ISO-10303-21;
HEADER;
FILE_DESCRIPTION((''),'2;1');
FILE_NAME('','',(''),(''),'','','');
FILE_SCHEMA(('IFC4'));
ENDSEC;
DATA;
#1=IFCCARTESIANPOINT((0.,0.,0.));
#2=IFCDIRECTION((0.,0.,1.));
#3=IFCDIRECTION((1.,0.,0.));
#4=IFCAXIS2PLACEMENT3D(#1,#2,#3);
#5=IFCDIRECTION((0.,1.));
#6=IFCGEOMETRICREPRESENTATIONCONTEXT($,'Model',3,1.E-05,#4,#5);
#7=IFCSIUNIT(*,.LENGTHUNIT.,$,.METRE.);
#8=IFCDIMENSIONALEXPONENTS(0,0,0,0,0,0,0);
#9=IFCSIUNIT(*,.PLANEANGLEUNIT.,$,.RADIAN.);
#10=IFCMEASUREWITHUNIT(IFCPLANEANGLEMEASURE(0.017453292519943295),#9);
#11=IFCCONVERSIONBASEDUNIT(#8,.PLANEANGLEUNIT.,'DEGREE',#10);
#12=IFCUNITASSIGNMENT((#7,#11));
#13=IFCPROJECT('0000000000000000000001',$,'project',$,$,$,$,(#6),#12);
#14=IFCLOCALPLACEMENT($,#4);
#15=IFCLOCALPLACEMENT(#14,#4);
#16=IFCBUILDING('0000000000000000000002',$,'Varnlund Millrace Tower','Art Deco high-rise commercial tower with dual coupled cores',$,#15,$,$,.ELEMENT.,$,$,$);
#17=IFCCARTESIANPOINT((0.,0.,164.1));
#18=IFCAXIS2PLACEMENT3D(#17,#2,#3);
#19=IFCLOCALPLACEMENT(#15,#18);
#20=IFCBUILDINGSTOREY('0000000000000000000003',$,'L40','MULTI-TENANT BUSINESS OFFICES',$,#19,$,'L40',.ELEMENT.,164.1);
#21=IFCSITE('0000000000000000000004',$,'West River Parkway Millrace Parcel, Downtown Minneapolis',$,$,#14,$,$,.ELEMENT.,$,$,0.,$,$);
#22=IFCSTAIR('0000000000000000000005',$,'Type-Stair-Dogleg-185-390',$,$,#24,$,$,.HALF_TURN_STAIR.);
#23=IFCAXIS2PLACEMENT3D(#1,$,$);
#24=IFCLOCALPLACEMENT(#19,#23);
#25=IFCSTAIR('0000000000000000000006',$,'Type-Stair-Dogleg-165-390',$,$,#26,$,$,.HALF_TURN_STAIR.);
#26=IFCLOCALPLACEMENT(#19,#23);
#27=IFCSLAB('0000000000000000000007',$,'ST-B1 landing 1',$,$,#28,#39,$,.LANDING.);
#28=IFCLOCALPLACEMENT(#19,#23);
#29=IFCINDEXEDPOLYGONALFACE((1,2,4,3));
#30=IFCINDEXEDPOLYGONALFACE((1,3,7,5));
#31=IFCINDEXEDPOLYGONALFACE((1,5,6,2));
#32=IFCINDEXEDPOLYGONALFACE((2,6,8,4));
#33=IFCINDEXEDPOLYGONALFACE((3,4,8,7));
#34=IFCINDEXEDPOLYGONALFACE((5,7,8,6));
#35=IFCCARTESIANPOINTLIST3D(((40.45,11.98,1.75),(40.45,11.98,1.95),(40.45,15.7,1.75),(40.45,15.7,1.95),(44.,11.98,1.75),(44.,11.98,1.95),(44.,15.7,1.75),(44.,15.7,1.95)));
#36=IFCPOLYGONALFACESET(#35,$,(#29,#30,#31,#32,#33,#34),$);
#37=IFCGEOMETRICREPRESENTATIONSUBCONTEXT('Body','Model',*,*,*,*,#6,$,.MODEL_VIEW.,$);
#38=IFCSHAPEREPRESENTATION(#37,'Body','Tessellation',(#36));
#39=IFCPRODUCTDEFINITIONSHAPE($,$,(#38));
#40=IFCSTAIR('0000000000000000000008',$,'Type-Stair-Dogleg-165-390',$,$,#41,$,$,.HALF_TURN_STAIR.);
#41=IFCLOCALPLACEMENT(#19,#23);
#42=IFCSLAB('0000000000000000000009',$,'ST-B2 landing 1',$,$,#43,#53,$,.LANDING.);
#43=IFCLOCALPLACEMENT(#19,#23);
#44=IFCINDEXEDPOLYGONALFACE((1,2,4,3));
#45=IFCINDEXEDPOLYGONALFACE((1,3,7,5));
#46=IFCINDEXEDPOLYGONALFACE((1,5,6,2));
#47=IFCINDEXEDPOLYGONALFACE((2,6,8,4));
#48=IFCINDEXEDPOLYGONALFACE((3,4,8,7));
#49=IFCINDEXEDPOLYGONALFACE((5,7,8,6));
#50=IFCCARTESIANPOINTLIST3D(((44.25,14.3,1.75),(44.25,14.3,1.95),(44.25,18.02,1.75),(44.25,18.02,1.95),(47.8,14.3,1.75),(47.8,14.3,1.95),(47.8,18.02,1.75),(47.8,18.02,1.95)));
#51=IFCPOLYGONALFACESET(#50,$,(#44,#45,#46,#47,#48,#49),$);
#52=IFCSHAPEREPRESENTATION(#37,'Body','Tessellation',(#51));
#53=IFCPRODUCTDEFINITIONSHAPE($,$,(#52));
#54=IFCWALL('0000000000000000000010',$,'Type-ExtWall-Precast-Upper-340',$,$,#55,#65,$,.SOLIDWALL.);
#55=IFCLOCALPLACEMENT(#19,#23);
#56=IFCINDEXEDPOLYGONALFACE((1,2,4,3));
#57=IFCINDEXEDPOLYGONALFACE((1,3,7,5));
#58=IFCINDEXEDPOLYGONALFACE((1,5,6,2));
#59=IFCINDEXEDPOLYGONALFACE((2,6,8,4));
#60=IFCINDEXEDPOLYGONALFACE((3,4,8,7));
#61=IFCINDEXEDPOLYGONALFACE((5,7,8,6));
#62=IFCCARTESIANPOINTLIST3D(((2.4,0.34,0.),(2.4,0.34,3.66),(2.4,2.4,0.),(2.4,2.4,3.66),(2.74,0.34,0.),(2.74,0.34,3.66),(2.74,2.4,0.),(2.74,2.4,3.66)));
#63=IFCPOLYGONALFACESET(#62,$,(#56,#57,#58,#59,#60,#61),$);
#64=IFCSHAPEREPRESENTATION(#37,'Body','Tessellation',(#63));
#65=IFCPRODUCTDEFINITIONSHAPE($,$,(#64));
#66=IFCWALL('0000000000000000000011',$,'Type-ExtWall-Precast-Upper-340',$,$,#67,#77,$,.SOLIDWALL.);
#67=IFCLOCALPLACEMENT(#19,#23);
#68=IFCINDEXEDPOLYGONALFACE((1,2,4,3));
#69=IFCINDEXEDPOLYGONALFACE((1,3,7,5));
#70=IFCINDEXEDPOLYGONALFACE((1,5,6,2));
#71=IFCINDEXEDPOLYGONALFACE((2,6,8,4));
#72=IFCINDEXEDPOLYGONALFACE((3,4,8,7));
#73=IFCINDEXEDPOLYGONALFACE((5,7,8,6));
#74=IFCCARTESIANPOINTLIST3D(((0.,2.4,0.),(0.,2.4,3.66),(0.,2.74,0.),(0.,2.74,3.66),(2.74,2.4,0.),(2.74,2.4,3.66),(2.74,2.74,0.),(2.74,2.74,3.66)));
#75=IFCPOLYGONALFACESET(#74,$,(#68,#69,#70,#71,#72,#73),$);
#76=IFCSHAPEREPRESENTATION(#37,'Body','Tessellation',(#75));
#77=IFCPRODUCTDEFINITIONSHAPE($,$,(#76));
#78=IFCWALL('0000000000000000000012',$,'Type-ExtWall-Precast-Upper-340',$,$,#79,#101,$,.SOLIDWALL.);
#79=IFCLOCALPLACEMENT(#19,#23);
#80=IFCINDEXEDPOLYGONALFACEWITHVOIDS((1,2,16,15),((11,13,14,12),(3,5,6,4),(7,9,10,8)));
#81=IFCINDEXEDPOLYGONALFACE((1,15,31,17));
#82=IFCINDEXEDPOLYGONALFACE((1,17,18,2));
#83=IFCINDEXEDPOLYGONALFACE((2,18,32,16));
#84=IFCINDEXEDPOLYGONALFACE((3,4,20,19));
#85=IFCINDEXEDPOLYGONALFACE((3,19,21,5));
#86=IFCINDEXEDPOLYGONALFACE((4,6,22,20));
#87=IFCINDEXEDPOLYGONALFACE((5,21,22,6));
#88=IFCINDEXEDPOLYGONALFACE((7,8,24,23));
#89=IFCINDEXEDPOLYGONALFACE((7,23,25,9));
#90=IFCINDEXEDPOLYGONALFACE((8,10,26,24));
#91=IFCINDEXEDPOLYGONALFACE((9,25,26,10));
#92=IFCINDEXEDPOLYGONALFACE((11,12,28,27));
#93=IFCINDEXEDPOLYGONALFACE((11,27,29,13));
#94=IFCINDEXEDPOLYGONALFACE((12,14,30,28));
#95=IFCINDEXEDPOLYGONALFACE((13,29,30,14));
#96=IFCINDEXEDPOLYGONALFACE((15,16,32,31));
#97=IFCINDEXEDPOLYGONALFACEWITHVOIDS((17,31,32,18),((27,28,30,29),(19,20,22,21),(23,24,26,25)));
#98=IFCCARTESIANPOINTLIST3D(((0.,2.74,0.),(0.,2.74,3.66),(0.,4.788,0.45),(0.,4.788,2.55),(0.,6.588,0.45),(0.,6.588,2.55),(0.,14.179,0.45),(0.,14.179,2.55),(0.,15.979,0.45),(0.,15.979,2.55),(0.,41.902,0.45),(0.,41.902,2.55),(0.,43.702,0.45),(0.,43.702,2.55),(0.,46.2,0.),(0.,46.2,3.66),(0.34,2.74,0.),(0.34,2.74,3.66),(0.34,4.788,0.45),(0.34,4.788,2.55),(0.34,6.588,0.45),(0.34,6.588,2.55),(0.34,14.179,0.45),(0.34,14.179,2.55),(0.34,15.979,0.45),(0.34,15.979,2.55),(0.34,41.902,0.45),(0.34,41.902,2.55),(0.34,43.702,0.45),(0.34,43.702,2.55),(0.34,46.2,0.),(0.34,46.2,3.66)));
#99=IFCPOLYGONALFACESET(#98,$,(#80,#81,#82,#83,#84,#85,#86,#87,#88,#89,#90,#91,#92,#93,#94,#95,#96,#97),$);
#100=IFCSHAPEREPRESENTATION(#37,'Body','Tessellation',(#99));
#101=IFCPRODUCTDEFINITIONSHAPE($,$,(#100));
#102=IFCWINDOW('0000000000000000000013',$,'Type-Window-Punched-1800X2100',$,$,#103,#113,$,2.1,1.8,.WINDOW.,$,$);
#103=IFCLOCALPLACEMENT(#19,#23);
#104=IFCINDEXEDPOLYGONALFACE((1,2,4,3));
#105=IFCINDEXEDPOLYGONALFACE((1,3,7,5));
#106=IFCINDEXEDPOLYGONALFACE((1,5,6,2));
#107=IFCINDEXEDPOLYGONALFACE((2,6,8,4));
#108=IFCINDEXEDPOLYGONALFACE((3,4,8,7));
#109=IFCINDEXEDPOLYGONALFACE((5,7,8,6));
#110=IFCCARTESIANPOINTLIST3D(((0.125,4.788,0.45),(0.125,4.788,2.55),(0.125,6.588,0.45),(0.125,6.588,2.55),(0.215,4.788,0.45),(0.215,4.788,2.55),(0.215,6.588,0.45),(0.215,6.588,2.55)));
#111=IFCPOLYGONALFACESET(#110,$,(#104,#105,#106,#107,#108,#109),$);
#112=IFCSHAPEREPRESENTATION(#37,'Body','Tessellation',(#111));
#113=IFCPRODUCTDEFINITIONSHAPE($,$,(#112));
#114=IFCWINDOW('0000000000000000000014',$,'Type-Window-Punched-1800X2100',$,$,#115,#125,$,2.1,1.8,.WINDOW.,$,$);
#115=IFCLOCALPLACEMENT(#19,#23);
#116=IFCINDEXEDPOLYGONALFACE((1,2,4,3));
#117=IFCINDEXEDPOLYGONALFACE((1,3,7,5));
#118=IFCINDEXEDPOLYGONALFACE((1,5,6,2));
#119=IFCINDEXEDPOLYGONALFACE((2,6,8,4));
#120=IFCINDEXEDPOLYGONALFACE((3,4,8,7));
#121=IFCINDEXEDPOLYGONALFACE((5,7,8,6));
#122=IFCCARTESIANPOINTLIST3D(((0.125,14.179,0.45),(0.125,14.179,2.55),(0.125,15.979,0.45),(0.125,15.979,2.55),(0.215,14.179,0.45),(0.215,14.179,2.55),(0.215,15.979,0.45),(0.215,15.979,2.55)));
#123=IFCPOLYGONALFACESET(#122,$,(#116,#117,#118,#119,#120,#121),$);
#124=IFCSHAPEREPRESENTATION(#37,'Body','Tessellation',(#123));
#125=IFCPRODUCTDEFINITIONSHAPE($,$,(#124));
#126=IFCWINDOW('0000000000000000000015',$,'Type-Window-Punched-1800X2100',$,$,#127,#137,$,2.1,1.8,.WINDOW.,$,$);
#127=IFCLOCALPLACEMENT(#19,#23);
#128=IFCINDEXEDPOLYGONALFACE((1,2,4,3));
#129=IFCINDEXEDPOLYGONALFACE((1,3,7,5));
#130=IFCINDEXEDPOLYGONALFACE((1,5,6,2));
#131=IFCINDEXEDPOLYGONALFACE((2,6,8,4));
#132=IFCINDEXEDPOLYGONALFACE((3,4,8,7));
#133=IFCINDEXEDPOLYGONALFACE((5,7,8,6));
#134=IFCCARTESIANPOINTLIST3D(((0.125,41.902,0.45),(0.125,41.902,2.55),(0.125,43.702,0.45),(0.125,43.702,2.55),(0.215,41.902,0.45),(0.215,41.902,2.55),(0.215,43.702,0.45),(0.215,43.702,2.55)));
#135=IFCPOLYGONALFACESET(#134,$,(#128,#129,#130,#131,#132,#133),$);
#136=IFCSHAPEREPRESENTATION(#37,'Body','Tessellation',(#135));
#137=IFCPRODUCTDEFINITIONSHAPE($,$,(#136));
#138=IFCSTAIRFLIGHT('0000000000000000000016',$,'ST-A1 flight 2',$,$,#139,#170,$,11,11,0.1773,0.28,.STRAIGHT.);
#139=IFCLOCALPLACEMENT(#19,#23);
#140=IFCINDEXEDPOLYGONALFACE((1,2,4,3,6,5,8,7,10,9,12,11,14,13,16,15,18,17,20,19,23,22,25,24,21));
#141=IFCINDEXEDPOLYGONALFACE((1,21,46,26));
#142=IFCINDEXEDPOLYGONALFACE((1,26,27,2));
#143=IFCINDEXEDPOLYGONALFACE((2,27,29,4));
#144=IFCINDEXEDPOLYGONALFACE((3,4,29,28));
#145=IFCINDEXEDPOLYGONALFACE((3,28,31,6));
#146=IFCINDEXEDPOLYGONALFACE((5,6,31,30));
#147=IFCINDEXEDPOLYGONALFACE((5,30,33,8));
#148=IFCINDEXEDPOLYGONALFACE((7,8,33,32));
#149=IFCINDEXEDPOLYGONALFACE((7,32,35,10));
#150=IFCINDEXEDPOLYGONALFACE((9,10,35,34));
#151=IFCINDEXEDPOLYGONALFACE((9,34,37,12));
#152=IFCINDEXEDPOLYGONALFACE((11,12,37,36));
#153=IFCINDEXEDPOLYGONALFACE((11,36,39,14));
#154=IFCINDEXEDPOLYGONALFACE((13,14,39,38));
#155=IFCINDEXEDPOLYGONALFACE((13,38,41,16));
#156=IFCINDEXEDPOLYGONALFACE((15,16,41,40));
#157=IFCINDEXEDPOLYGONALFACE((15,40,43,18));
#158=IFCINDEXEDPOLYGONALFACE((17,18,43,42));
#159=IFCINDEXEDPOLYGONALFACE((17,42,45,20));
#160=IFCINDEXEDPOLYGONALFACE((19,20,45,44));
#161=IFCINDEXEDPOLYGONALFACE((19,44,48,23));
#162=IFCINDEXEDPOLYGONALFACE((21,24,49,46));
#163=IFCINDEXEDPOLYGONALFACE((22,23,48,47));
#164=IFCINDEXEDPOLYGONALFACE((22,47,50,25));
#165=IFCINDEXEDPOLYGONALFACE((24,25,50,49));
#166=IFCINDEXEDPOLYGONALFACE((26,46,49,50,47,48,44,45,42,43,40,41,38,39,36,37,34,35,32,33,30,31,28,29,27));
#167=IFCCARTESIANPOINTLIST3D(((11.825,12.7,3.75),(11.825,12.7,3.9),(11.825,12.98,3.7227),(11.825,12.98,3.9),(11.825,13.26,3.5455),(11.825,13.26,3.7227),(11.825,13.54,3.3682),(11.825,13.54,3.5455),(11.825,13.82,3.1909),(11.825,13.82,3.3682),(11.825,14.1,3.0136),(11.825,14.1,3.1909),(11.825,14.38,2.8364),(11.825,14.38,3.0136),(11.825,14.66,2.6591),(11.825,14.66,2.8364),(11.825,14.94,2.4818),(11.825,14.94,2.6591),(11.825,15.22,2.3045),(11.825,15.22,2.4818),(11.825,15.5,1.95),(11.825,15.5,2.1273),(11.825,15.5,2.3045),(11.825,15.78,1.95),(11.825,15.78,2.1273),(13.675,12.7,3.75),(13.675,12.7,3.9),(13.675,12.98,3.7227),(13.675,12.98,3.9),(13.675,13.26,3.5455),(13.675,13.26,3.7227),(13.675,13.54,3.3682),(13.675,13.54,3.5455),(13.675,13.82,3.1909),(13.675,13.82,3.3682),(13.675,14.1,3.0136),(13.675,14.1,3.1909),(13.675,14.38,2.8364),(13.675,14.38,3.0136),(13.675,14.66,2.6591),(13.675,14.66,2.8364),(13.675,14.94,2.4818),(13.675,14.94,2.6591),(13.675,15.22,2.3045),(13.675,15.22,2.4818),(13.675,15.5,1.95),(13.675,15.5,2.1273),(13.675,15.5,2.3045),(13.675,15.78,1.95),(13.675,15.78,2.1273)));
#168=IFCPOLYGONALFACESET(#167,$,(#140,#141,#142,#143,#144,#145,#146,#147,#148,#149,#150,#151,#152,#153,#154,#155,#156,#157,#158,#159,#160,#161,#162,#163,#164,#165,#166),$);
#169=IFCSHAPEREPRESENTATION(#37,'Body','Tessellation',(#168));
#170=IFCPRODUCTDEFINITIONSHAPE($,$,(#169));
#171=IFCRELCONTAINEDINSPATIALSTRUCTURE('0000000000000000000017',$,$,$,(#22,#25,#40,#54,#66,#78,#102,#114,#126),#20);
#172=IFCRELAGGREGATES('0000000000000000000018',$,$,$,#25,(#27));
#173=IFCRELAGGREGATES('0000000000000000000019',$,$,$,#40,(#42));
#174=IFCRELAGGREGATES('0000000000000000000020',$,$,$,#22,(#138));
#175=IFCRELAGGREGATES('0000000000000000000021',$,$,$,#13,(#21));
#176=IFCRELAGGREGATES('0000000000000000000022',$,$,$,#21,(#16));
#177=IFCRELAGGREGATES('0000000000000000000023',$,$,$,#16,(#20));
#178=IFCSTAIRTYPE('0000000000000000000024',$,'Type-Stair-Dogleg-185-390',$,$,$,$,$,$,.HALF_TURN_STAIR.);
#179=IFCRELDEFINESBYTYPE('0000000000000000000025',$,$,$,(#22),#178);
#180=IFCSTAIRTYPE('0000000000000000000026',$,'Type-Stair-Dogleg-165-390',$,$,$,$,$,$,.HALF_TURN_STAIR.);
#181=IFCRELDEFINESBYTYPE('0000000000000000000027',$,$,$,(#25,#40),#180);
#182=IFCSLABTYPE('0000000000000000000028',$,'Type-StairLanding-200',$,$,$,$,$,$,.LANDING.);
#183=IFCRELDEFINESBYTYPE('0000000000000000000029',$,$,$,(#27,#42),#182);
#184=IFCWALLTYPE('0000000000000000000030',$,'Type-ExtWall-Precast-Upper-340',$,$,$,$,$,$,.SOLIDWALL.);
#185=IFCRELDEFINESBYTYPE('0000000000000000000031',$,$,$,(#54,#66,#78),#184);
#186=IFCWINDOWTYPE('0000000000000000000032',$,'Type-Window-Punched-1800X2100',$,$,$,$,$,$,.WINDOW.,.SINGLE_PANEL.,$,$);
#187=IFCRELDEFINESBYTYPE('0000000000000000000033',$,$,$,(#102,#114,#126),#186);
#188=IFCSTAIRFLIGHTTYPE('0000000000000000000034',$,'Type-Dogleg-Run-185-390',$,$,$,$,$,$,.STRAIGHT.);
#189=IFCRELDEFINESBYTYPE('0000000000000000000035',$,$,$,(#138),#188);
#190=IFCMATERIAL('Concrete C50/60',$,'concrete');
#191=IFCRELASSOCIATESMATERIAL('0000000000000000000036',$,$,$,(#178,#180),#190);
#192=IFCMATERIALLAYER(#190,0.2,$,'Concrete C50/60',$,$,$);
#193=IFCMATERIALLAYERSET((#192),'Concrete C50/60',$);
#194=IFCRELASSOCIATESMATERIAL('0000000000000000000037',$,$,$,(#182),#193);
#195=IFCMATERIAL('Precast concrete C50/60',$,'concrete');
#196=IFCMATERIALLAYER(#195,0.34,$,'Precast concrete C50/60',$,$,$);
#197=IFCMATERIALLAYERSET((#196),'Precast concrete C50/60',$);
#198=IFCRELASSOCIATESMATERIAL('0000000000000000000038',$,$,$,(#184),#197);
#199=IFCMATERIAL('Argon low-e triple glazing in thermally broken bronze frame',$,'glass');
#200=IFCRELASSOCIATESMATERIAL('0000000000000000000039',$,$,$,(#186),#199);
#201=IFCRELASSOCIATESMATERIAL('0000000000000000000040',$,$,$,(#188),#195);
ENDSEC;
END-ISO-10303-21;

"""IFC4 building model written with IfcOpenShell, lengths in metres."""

from ifc_helpers import new_model, entity, si_unit, converted_unit, direction, frame, origin_with_axes, origin_2d_with_axis, place, context, subcontext, project, spatial, polyline, rectangle, outline, extrude, material, layer, layer_set, type_object, element, fill, aggregate, save


model = new_model("IFC4")

# Units and contexts
model_context = context("Model", 3, precision=1e-05, world=origin_with_axes(), true_north=direction((0.0, 1.0)))
body_context = subcontext(model_context, "Body", "Model", "MODEL_VIEW")
ifc_project = project(units=[si_unit("LENGTHUNIT", "METRE"), converted_unit("PLANEANGLEUNIT", "DEGREE", entity("IfcPlaneAngleMeasure", 0.017453292519943295), si_unit("PLANEANGLEUNIT", "RADIAN"), dimensions=[0, 0, 0, 0, 0, 0, 0])], contexts=[model_context])

# Site, building, storey
site_placement = place(None, origin_with_axes())
site = spatial("IfcSite", under=ifc_project, at=site_placement, Name="West River Parkway Millrace Parcel, Downtown Minneapolis", CompositionType="ELEMENT", RefElevation=0.0)
building_placement = place(site_placement, origin_with_axes())
building = spatial("IfcBuilding", under=site, at=building_placement, Name="Varnlund Millrace Tower", Description="Art Deco high-rise commercial tower with dual coupled cores", CompositionType="ELEMENT")
storey_placement = place(building_placement, frame((0.0, 0.0, 164.1), z_axis=(0.0, 0.0, 1.0), x_axis=(1.0, 0.0, 0.0)))
storey = spatial("IfcBuildingStorey", under=building, at=storey_placement, Name="L40", Description="MULTI-TENANT BUSINESS OFFICES", LongName="L40", CompositionType="ELEMENT", Elevation=164.1)

# Stairs, slabs
ifc_material_1 = material(Name="Concrete C50/60", Category="concrete")
stair_type_1 = type_object("IfcStairType", Name="Type-Stair-Dogleg-185-390", PredefinedType="HALF_TURN_STAIR", material=ifc_material_1)
stair_1_placement = place(storey_placement, origin_with_axes())
stair_1 = element("IfcStair", 1, at=stair_1_placement, inside=storey, type_object=stair_type_1, Name="Type-Stair-Dogleg-185-390", PredefinedType="HALF_TURN_STAIR")
ifc_layer_1 = layer(ifc_material_1, 0.2, Name="Concrete C50/60")
ifc_layer_set_1 = layer_set([ifc_layer_1], Name="Concrete C50/60")
slab_type = type_object("IfcSlabType", Name="Type-StairLanding-200", PredefinedType="LANDING", material=ifc_layer_set_1)
stair_type_2 = type_object("IfcStairType", Name="Type-Stair-Dogleg-165-390", PredefinedType="HALF_TURN_STAIR", material=ifc_material_1)
stair_2_placement = place(storey_placement, origin_with_axes())
stair_2 = element("IfcStair", 2, at=stair_2_placement, inside=storey, type_object=stair_type_2, Name="Type-Stair-Dogleg-165-390", PredefinedType="HALF_TURN_STAIR")
slab_1_placement = place(storey_placement, frame((0.0, 0.0, 1.75), z_axis=(0.0, 0.0, 1.0), x_axis=(1.0, 0.0, 0.0)))
slab_1 = element("IfcSlab", 3, at=slab_1_placement, type_object=slab_type, Name="ST-B1 landing 1", PredefinedType="LANDING", context=body_context, shape_type="SweptSolid", body=[
    extrude(outline(polyline([(44.0, 11.98), (44.0, 15.7), (40.45, 15.7), (40.45, 11.98), (44.0, 11.98)])), origin_with_axes(), (0.0, 0.0, 1.0), 0.2),
])
aggregate(stair_2, [slab_1])
stair_3_placement = place(storey_placement, origin_with_axes())
stair_3 = element("IfcStair", 4, at=stair_3_placement, inside=storey, type_object=stair_type_2, Name="Type-Stair-Dogleg-165-390", PredefinedType="HALF_TURN_STAIR")
slab_2_placement = place(storey_placement, frame((0.0, 0.0, 1.75), z_axis=(0.0, 0.0, 1.0), x_axis=(1.0, 0.0, 0.0)))
slab_2 = element("IfcSlab", 5, at=slab_2_placement, type_object=slab_type, Name="ST-B2 landing 1", PredefinedType="LANDING", context=body_context, shape_type="SweptSolid", body=[
    extrude(outline(polyline([(44.25, 18.02), (44.25, 14.3), (47.8, 14.3), (47.8, 18.02), (44.25, 18.02)])), origin_with_axes(), (0.0, 0.0, 1.0), 0.2),
])
aggregate(stair_3, [slab_2])

# Walls
ifc_material_2 = material(Name="Precast concrete C50/60", Category="concrete")
ifc_layer_2 = layer(ifc_material_2, 0.34, Name="Precast concrete C50/60")
ifc_layer_set_2 = layer_set([ifc_layer_2], Name="Precast concrete C50/60")
wall_type = type_object("IfcWallType", Name="Type-ExtWall-Precast-Upper-340", PredefinedType="SOLIDWALL", material=ifc_layer_set_2)
wall_1_placement = place(storey_placement, frame((2.57, 0.34, 0.0), z_axis=(0.0, 0.0, 1.0), x_axis=(0.0, 1.0, 0.0)))
element("IfcWall", 6, at=wall_1_placement, inside=storey, type_object=wall_type, Name="Type-ExtWall-Precast-Upper-340", PredefinedType="SOLIDWALL", context=body_context, shape_type="SweptSolid", body=[
    extrude(outline(polyline([(0.0, -0.17), (2.06, -0.17), (2.06, 0.17), (0.0, 0.17), (0.0, -0.17)])), origin_with_axes(), (0.0, 0.0, 1.0), 3.66),
])
wall_2_placement = place(storey_placement, frame((2.74, 2.57, 0.0), z_axis=(0.0, 0.0, 1.0), x_axis=(-1.0, 0.0, 0.0)))
element("IfcWall", 7, at=wall_2_placement, inside=storey, type_object=wall_type, Name="Type-ExtWall-Precast-Upper-340", PredefinedType="SOLIDWALL", context=body_context, shape_type="SweptSolid", body=[
    extrude(outline(polyline([(0.0, -0.17), (2.74, -0.17), (2.74, 0.17), (0.0, 0.17), (0.0, -0.17)])), origin_with_axes(), (0.0, 0.0, 1.0), 3.66),
])

# Wall, openings, windows
wall_3_placement = place(storey_placement, frame((0.17, 2.74, 0.0), z_axis=(0.0, 0.0, 1.0), x_axis=(0.0, 1.0, 0.0)))
wall_3 = element("IfcWall", 8, at=wall_3_placement, inside=storey, type_object=wall_type, Name="Type-ExtWall-Precast-Upper-340", PredefinedType="SOLIDWALL", context=body_context, shape_type="SweptSolid", body=[
    extrude(outline(polyline([(0.0, -0.17), (43.46, -0.17), (43.46, 0.17), (0.0, 0.17), (0.0, -0.17)])), origin_with_axes(), (0.0, 0.0, 1.0), 3.66),
])
opening_1_placement = place(wall_3_placement, frame((2.948, 0.0, 0.45), z_axis=(0.0, 0.0, 1.0), x_axis=(1.0, 0.0, 0.0)))
opening_1 = element("IfcOpeningElement", 9, at=opening_1_placement, cuts=wall_3, PredefinedType="OPENING", context=body_context, shape_type="SweptSolid", body=[
    extrude(rectangle(XDim=1.8, YDim=0.36, at=origin_2d_with_axis()), origin_with_axes(), (0.0, 0.0, 1.0), 2.1),
])
opening_2_placement = place(wall_3_placement, frame((12.339, 0.0, 0.45), z_axis=(0.0, 0.0, 1.0), x_axis=(1.0, 0.0, 0.0)))
opening_2 = element("IfcOpeningElement", 10, at=opening_2_placement, cuts=wall_3, PredefinedType="OPENING", context=body_context, shape_type="SweptSolid", body=[
    extrude(rectangle(XDim=1.8, YDim=0.36, at=origin_2d_with_axis()), origin_with_axes(), (0.0, 0.0, 1.0), 2.1),
])
opening_3_placement = place(wall_3_placement, frame((40.062, 0.0, 0.45), z_axis=(0.0, 0.0, 1.0), x_axis=(1.0, 0.0, 0.0)))
opening_3 = element("IfcOpeningElement", 11, at=opening_3_placement, cuts=wall_3, PredefinedType="OPENING", context=body_context, shape_type="SweptSolid", body=[
    extrude(rectangle(XDim=1.8, YDim=0.36, at=origin_2d_with_axis()), origin_with_axes(), (0.0, 0.0, 1.0), 2.1),
])
ifc_material_3 = material(Name="Argon low-e triple glazing in thermally broken bronze frame", Category="glass")
window_type = type_object("IfcWindowType", Name="Type-Window-Punched-1800X2100", PartitioningType="SINGLE_PANEL", PredefinedType="WINDOW", material=ifc_material_3)
window_1_placement = place(wall_3_placement, frame((2.948, 0.0, 0.45), z_axis=(0.0, 0.0, 1.0), x_axis=(1.0, 0.0, 0.0)))
window_1 = element("IfcWindow", 12, at=window_1_placement, inside=storey, type_object=window_type, Name="Type-Window-Punched-1800X2100", OverallHeight=2.1, OverallWidth=1.8, PredefinedType="WINDOW", context=body_context, shape_type="SweptSolid", body=[
    extrude(rectangle(XDim=1.8, YDim=0.09, at=origin_2d_with_axis()), origin_with_axes(), (0.0, 0.0, 1.0), 2.1),
])
fill(opening_1, window_1)
window_2_placement = place(wall_3_placement, frame((12.339, 0.0, 0.45), z_axis=(0.0, 0.0, 1.0), x_axis=(1.0, 0.0, 0.0)))
window_2 = element("IfcWindow", 13, at=window_2_placement, inside=storey, type_object=window_type, Name="Type-Window-Punched-1800X2100", OverallHeight=2.1, OverallWidth=1.8, PredefinedType="WINDOW", context=body_context, shape_type="SweptSolid", body=[
    extrude(rectangle(XDim=1.8, YDim=0.09, at=origin_2d_with_axis()), origin_with_axes(), (0.0, 0.0, 1.0), 2.1),
])
fill(opening_2, window_2)
window_3_placement = place(wall_3_placement, frame((40.062, 0.0, 0.45), z_axis=(0.0, 0.0, 1.0), x_axis=(1.0, 0.0, 0.0)))
window_3 = element("IfcWindow", 14, at=window_3_placement, inside=storey, type_object=window_type, Name="Type-Window-Punched-1800X2100", OverallHeight=2.1, OverallWidth=1.8, PredefinedType="WINDOW", context=body_context, shape_type="SweptSolid", body=[
    extrude(rectangle(XDim=1.8, YDim=0.09, at=origin_2d_with_axis()), origin_with_axes(), (0.0, 0.0, 1.0), 2.1),
])
fill(opening_3, window_3)

# Stair flight
stair_flight_type = type_object("IfcStairFlightType", Name="Type-Dogleg-Run-185-390", PredefinedType="STRAIGHT", material=ifc_material_2)
stair_flight_placement = place(storey_placement, frame((13.675, 15.78, 1.95), z_axis=(-1.0, 0.0, 0.0), x_axis=(0.0, -1.0, 0.0)))
stair_flight = element("IfcStairFlight", 15, at=stair_flight_placement, type_object=stair_flight_type, Name="ST-A1 flight 2", NumberOfRisers=11, NumberOfTreads=11, PredefinedType="STRAIGHT", RiserHeight=0.1773, TreadLength=0.28, context=body_context, shape_type="SweptSolid", body=[
    extrude(outline(polyline([(0.0, 0.0), (0.0, 0.1773), (0.28, 0.1773), (0.28, 0.3545), (0.56, 0.3545), (0.56, 0.5318), (0.84, 0.5318), (0.84, 0.7091), (1.12, 0.7091), (1.12, 0.8864), (1.4, 0.8864), (1.4, 1.0636), (1.68, 1.0636), (1.68, 1.2409), (1.96, 1.2409), (1.96, 1.4182), (2.24, 1.4182), (2.24, 1.5955), (2.52, 1.5955), (2.52, 1.7727), (2.8, 1.7727), (2.8, 1.95), (3.08, 1.95), (3.08, 1.8), (0.28, 0.0), (0.0, 0.0)])), origin_with_axes(), (0.0, 0.0, 1.0), 1.85),
])
aggregate(stair_1, [stair_flight])

save(model, "model.ifc")
